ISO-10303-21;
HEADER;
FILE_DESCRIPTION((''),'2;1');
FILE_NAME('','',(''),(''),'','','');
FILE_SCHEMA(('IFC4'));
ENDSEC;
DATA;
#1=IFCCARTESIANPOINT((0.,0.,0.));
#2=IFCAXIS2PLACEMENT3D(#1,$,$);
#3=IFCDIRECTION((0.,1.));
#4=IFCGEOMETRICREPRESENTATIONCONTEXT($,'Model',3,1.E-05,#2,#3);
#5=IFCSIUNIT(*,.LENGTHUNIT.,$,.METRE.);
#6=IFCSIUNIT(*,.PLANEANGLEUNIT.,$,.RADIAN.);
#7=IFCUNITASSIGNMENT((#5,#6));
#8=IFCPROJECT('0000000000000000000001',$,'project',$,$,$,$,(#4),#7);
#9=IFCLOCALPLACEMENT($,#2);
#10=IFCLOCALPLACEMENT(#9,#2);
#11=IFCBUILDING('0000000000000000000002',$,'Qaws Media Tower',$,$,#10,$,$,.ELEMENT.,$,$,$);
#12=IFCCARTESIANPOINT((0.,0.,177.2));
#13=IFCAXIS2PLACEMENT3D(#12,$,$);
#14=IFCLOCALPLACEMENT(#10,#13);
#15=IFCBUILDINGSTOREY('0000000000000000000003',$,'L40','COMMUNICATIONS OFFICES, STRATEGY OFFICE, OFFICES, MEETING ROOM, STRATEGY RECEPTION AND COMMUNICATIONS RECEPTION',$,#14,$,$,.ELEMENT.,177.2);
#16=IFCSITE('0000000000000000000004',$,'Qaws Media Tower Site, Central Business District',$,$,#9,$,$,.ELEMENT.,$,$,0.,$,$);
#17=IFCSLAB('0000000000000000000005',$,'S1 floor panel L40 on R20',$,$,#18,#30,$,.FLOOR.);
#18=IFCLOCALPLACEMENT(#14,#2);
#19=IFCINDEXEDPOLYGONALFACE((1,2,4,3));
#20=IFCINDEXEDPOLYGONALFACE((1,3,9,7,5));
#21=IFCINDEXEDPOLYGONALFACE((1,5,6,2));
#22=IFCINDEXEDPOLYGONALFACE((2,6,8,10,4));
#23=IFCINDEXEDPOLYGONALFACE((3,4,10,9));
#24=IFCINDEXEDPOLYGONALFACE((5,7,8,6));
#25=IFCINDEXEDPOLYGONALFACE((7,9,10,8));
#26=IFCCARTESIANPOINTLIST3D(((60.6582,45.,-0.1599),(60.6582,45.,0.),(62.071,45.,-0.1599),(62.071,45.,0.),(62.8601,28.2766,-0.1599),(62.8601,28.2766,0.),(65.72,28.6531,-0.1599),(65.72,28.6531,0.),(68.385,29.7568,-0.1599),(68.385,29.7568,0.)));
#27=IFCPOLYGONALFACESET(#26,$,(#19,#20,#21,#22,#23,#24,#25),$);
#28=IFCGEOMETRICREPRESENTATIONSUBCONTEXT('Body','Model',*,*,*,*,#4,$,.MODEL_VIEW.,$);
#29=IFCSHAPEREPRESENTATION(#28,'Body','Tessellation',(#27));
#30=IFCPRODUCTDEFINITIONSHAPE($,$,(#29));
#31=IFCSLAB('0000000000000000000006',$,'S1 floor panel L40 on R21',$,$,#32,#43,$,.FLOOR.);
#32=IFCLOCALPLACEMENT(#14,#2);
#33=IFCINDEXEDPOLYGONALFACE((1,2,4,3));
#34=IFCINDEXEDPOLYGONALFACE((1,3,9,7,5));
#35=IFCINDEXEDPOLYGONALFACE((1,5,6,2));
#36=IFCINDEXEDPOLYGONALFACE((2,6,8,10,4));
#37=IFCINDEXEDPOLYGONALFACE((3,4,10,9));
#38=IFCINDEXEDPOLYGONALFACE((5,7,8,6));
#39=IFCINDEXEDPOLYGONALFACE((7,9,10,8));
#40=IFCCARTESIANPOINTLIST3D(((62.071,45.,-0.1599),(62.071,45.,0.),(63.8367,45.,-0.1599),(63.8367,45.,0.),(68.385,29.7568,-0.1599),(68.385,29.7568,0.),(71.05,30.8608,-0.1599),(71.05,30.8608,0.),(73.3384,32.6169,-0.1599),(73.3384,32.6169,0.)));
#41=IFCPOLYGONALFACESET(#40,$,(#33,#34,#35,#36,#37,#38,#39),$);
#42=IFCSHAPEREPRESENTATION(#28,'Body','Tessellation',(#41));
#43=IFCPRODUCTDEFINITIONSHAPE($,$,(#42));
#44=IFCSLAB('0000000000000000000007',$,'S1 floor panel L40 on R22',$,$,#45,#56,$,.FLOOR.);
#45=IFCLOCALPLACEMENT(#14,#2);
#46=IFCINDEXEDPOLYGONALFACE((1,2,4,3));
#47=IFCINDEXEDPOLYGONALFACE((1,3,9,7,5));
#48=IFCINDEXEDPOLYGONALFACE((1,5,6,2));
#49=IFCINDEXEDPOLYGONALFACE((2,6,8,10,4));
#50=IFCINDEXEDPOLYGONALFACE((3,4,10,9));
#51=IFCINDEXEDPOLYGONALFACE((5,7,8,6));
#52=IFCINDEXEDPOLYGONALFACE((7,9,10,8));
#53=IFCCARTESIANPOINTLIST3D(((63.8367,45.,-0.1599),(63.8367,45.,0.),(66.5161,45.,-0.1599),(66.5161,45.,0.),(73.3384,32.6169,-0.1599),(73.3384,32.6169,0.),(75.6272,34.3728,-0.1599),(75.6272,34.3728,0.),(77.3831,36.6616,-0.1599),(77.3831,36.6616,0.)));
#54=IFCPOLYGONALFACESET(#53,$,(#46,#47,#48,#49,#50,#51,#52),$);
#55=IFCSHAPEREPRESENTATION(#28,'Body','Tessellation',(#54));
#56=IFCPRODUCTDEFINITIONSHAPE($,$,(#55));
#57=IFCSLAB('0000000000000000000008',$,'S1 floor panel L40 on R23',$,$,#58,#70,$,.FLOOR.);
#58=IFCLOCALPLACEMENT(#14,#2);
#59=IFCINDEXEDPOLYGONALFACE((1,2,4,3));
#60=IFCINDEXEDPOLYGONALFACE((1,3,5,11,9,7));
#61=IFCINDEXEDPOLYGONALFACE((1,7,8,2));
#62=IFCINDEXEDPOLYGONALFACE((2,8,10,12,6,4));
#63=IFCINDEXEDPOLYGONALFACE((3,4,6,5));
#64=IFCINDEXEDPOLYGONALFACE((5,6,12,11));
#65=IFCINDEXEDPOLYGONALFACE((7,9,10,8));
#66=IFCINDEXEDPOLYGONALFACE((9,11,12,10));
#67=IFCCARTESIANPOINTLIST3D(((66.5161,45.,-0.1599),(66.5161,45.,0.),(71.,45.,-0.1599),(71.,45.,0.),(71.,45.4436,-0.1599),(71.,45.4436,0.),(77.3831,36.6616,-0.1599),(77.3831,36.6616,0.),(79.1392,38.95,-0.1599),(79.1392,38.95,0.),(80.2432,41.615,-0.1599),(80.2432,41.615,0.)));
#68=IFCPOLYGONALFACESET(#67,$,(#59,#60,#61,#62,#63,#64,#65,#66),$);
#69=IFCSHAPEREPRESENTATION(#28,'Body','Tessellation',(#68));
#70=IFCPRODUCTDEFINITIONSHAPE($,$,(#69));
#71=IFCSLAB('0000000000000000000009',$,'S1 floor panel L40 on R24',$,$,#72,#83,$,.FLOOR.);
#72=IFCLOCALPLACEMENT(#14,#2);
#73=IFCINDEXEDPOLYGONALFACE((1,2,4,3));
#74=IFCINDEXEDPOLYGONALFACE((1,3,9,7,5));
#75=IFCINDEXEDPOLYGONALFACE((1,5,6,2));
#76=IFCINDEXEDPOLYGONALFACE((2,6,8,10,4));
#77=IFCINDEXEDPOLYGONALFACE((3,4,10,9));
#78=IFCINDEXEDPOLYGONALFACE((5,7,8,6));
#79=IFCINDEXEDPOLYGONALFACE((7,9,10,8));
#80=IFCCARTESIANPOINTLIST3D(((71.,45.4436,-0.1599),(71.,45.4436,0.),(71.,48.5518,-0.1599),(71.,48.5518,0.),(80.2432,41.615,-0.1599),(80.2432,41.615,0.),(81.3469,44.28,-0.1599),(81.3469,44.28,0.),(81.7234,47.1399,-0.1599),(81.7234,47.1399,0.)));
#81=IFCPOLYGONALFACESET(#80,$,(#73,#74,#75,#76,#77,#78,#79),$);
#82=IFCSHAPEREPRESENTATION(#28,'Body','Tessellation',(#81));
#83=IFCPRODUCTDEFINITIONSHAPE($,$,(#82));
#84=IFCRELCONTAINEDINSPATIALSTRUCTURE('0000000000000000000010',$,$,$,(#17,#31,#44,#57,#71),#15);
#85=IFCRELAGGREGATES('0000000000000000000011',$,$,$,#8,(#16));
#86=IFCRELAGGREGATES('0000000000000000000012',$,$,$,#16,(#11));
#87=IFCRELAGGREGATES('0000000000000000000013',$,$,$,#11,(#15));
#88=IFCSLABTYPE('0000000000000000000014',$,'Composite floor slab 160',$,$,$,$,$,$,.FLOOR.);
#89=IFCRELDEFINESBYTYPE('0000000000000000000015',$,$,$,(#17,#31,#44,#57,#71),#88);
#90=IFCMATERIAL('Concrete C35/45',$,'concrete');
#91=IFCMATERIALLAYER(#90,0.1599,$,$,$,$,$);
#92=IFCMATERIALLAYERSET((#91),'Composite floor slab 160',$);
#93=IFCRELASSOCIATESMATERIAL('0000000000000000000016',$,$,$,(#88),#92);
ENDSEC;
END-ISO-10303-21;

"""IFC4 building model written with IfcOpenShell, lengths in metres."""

from ifc_helpers import new_model, si_unit, direction, frame, origin, place, context, subcontext, project, spatial, polyline, outline, extrude, material, layer, layer_set, type_object, element, save


model = new_model("IFC4")

# Units and contexts
model_context = context("Model", 3, precision=1e-05, world=origin(), true_north=direction((0.0, 1.0)))
body_context = subcontext(model_context, "Body", "Model", "MODEL_VIEW")
ifc_project = project(units=[si_unit("LENGTHUNIT", "METRE"), si_unit("PLANEANGLEUNIT", "RADIAN")], contexts=[model_context])

# Site, building, storey
site_placement = place(None, origin())
site = spatial("IfcSite", under=ifc_project, at=site_placement, Name="Qaws Media Tower Site, Central Business District", CompositionType="ELEMENT", RefElevation=0.0)
building_placement = place(site_placement, origin())
building = spatial("IfcBuilding", under=site, at=building_placement, Name="Qaws Media Tower", CompositionType="ELEMENT")
storey_placement = place(building_placement, frame((0.0, 0.0, 177.2)))
storey = spatial("IfcBuildingStorey", under=building, at=storey_placement, Name="L40", Description="COMMUNICATIONS OFFICES, STRATEGY OFFICE, OFFICES, MEETING ROOM, STRATEGY RECEPTION AND COMMUNICATIONS RECEPTION", CompositionType="ELEMENT", Elevation=177.2)

# Slabs
ifc_material_1 = material(Name="Concrete C35/45", Category="concrete")
ifc_layer_1 = layer(ifc_material_1, 0.1599)
ifc_layer_set_1 = layer_set([ifc_layer_1], Name="Composite floor slab 160")
slab_type_1 = type_object("IfcSlabType", Name="Composite floor slab 160", PredefinedType="FLOOR", material=ifc_layer_set_1)
slab_1_placement = place(storey_placement, frame((0.0, 0.0, -0.1599)))
element("IfcSlab", 1, at=slab_1_placement, inside=storey, type_object=slab_type_1, Name="S1 floor panel L40 on R20", PredefinedType="FLOOR", context=body_context, shape_type="SweptSolid", body=[
    extrude(outline(polyline([(65.72, 28.6531), (62.8601, 28.2766), (60.6582, 45.0), (62.071, 45.0), (68.385, 29.7568), (65.72, 28.6531)])), origin(), (0.0, 0.0, 1.0), 0.1599),
])
slab_2_placement = place(storey_placement, frame((0.0, 0.0, -0.1599)))
element("IfcSlab", 2, at=slab_2_placement, inside=storey, type_object=slab_type_1, Name="S1 floor panel L40 on R21", PredefinedType="FLOOR", context=body_context, shape_type="SweptSolid", body=[
    extrude(outline(polyline([(71.05, 30.8608), (68.385, 29.7568), (62.071, 45.0), (63.8367, 45.0), (73.3384, 32.6169), (71.05, 30.8608)])), origin(), (0.0, 0.0, 1.0), 0.1599),
])
slab_3_placement = place(storey_placement, frame((0.0, 0.0, -0.1599)))
element("IfcSlab", 3, at=slab_3_placement, inside=storey, type_object=slab_type_1, Name="S1 floor panel L40 on R22", PredefinedType="FLOOR", context=body_context, shape_type="SweptSolid", body=[
    extrude(outline(polyline([(75.6272, 34.3728), (73.3384, 32.6169), (63.8367, 45.0), (66.5161, 45.0), (77.3831, 36.6616), (75.6272, 34.3728)])), origin(), (0.0, 0.0, 1.0), 0.1599),
])
slab_4_placement = place(storey_placement, frame((0.0, 0.0, -0.1599)))
element("IfcSlab", 4, at=slab_4_placement, inside=storey, type_object=slab_type_1, Name="S1 floor panel L40 on R23", PredefinedType="FLOOR", context=body_context, shape_type="SweptSolid", body=[
    extrude(outline(polyline([(79.1392, 38.95), (77.3831, 36.6616), (66.5161, 45.0), (71.0, 45.0), (71.0, 45.4436), (80.2432, 41.615), (79.1392, 38.95)])), origin(), (0.0, 0.0, 1.0), 0.1599),
])
slab_5_placement = place(storey_placement, frame((0.0, 0.0, -0.1599)))
element("IfcSlab", 5, at=slab_5_placement, inside=storey, type_object=slab_type_1, Name="S1 floor panel L40 on R24", PredefinedType="FLOOR", context=body_context, shape_type="SweptSolid", body=[
    extrude(outline(polyline([(80.2432, 41.615), (71.0, 45.4436), (71.0, 48.5518), (81.7234, 47.1399), (81.3469, 44.28), (80.2432, 41.615)])), origin(), (0.0, 0.0, 1.0), 0.1599),
])

save(model, "model.ifc")
